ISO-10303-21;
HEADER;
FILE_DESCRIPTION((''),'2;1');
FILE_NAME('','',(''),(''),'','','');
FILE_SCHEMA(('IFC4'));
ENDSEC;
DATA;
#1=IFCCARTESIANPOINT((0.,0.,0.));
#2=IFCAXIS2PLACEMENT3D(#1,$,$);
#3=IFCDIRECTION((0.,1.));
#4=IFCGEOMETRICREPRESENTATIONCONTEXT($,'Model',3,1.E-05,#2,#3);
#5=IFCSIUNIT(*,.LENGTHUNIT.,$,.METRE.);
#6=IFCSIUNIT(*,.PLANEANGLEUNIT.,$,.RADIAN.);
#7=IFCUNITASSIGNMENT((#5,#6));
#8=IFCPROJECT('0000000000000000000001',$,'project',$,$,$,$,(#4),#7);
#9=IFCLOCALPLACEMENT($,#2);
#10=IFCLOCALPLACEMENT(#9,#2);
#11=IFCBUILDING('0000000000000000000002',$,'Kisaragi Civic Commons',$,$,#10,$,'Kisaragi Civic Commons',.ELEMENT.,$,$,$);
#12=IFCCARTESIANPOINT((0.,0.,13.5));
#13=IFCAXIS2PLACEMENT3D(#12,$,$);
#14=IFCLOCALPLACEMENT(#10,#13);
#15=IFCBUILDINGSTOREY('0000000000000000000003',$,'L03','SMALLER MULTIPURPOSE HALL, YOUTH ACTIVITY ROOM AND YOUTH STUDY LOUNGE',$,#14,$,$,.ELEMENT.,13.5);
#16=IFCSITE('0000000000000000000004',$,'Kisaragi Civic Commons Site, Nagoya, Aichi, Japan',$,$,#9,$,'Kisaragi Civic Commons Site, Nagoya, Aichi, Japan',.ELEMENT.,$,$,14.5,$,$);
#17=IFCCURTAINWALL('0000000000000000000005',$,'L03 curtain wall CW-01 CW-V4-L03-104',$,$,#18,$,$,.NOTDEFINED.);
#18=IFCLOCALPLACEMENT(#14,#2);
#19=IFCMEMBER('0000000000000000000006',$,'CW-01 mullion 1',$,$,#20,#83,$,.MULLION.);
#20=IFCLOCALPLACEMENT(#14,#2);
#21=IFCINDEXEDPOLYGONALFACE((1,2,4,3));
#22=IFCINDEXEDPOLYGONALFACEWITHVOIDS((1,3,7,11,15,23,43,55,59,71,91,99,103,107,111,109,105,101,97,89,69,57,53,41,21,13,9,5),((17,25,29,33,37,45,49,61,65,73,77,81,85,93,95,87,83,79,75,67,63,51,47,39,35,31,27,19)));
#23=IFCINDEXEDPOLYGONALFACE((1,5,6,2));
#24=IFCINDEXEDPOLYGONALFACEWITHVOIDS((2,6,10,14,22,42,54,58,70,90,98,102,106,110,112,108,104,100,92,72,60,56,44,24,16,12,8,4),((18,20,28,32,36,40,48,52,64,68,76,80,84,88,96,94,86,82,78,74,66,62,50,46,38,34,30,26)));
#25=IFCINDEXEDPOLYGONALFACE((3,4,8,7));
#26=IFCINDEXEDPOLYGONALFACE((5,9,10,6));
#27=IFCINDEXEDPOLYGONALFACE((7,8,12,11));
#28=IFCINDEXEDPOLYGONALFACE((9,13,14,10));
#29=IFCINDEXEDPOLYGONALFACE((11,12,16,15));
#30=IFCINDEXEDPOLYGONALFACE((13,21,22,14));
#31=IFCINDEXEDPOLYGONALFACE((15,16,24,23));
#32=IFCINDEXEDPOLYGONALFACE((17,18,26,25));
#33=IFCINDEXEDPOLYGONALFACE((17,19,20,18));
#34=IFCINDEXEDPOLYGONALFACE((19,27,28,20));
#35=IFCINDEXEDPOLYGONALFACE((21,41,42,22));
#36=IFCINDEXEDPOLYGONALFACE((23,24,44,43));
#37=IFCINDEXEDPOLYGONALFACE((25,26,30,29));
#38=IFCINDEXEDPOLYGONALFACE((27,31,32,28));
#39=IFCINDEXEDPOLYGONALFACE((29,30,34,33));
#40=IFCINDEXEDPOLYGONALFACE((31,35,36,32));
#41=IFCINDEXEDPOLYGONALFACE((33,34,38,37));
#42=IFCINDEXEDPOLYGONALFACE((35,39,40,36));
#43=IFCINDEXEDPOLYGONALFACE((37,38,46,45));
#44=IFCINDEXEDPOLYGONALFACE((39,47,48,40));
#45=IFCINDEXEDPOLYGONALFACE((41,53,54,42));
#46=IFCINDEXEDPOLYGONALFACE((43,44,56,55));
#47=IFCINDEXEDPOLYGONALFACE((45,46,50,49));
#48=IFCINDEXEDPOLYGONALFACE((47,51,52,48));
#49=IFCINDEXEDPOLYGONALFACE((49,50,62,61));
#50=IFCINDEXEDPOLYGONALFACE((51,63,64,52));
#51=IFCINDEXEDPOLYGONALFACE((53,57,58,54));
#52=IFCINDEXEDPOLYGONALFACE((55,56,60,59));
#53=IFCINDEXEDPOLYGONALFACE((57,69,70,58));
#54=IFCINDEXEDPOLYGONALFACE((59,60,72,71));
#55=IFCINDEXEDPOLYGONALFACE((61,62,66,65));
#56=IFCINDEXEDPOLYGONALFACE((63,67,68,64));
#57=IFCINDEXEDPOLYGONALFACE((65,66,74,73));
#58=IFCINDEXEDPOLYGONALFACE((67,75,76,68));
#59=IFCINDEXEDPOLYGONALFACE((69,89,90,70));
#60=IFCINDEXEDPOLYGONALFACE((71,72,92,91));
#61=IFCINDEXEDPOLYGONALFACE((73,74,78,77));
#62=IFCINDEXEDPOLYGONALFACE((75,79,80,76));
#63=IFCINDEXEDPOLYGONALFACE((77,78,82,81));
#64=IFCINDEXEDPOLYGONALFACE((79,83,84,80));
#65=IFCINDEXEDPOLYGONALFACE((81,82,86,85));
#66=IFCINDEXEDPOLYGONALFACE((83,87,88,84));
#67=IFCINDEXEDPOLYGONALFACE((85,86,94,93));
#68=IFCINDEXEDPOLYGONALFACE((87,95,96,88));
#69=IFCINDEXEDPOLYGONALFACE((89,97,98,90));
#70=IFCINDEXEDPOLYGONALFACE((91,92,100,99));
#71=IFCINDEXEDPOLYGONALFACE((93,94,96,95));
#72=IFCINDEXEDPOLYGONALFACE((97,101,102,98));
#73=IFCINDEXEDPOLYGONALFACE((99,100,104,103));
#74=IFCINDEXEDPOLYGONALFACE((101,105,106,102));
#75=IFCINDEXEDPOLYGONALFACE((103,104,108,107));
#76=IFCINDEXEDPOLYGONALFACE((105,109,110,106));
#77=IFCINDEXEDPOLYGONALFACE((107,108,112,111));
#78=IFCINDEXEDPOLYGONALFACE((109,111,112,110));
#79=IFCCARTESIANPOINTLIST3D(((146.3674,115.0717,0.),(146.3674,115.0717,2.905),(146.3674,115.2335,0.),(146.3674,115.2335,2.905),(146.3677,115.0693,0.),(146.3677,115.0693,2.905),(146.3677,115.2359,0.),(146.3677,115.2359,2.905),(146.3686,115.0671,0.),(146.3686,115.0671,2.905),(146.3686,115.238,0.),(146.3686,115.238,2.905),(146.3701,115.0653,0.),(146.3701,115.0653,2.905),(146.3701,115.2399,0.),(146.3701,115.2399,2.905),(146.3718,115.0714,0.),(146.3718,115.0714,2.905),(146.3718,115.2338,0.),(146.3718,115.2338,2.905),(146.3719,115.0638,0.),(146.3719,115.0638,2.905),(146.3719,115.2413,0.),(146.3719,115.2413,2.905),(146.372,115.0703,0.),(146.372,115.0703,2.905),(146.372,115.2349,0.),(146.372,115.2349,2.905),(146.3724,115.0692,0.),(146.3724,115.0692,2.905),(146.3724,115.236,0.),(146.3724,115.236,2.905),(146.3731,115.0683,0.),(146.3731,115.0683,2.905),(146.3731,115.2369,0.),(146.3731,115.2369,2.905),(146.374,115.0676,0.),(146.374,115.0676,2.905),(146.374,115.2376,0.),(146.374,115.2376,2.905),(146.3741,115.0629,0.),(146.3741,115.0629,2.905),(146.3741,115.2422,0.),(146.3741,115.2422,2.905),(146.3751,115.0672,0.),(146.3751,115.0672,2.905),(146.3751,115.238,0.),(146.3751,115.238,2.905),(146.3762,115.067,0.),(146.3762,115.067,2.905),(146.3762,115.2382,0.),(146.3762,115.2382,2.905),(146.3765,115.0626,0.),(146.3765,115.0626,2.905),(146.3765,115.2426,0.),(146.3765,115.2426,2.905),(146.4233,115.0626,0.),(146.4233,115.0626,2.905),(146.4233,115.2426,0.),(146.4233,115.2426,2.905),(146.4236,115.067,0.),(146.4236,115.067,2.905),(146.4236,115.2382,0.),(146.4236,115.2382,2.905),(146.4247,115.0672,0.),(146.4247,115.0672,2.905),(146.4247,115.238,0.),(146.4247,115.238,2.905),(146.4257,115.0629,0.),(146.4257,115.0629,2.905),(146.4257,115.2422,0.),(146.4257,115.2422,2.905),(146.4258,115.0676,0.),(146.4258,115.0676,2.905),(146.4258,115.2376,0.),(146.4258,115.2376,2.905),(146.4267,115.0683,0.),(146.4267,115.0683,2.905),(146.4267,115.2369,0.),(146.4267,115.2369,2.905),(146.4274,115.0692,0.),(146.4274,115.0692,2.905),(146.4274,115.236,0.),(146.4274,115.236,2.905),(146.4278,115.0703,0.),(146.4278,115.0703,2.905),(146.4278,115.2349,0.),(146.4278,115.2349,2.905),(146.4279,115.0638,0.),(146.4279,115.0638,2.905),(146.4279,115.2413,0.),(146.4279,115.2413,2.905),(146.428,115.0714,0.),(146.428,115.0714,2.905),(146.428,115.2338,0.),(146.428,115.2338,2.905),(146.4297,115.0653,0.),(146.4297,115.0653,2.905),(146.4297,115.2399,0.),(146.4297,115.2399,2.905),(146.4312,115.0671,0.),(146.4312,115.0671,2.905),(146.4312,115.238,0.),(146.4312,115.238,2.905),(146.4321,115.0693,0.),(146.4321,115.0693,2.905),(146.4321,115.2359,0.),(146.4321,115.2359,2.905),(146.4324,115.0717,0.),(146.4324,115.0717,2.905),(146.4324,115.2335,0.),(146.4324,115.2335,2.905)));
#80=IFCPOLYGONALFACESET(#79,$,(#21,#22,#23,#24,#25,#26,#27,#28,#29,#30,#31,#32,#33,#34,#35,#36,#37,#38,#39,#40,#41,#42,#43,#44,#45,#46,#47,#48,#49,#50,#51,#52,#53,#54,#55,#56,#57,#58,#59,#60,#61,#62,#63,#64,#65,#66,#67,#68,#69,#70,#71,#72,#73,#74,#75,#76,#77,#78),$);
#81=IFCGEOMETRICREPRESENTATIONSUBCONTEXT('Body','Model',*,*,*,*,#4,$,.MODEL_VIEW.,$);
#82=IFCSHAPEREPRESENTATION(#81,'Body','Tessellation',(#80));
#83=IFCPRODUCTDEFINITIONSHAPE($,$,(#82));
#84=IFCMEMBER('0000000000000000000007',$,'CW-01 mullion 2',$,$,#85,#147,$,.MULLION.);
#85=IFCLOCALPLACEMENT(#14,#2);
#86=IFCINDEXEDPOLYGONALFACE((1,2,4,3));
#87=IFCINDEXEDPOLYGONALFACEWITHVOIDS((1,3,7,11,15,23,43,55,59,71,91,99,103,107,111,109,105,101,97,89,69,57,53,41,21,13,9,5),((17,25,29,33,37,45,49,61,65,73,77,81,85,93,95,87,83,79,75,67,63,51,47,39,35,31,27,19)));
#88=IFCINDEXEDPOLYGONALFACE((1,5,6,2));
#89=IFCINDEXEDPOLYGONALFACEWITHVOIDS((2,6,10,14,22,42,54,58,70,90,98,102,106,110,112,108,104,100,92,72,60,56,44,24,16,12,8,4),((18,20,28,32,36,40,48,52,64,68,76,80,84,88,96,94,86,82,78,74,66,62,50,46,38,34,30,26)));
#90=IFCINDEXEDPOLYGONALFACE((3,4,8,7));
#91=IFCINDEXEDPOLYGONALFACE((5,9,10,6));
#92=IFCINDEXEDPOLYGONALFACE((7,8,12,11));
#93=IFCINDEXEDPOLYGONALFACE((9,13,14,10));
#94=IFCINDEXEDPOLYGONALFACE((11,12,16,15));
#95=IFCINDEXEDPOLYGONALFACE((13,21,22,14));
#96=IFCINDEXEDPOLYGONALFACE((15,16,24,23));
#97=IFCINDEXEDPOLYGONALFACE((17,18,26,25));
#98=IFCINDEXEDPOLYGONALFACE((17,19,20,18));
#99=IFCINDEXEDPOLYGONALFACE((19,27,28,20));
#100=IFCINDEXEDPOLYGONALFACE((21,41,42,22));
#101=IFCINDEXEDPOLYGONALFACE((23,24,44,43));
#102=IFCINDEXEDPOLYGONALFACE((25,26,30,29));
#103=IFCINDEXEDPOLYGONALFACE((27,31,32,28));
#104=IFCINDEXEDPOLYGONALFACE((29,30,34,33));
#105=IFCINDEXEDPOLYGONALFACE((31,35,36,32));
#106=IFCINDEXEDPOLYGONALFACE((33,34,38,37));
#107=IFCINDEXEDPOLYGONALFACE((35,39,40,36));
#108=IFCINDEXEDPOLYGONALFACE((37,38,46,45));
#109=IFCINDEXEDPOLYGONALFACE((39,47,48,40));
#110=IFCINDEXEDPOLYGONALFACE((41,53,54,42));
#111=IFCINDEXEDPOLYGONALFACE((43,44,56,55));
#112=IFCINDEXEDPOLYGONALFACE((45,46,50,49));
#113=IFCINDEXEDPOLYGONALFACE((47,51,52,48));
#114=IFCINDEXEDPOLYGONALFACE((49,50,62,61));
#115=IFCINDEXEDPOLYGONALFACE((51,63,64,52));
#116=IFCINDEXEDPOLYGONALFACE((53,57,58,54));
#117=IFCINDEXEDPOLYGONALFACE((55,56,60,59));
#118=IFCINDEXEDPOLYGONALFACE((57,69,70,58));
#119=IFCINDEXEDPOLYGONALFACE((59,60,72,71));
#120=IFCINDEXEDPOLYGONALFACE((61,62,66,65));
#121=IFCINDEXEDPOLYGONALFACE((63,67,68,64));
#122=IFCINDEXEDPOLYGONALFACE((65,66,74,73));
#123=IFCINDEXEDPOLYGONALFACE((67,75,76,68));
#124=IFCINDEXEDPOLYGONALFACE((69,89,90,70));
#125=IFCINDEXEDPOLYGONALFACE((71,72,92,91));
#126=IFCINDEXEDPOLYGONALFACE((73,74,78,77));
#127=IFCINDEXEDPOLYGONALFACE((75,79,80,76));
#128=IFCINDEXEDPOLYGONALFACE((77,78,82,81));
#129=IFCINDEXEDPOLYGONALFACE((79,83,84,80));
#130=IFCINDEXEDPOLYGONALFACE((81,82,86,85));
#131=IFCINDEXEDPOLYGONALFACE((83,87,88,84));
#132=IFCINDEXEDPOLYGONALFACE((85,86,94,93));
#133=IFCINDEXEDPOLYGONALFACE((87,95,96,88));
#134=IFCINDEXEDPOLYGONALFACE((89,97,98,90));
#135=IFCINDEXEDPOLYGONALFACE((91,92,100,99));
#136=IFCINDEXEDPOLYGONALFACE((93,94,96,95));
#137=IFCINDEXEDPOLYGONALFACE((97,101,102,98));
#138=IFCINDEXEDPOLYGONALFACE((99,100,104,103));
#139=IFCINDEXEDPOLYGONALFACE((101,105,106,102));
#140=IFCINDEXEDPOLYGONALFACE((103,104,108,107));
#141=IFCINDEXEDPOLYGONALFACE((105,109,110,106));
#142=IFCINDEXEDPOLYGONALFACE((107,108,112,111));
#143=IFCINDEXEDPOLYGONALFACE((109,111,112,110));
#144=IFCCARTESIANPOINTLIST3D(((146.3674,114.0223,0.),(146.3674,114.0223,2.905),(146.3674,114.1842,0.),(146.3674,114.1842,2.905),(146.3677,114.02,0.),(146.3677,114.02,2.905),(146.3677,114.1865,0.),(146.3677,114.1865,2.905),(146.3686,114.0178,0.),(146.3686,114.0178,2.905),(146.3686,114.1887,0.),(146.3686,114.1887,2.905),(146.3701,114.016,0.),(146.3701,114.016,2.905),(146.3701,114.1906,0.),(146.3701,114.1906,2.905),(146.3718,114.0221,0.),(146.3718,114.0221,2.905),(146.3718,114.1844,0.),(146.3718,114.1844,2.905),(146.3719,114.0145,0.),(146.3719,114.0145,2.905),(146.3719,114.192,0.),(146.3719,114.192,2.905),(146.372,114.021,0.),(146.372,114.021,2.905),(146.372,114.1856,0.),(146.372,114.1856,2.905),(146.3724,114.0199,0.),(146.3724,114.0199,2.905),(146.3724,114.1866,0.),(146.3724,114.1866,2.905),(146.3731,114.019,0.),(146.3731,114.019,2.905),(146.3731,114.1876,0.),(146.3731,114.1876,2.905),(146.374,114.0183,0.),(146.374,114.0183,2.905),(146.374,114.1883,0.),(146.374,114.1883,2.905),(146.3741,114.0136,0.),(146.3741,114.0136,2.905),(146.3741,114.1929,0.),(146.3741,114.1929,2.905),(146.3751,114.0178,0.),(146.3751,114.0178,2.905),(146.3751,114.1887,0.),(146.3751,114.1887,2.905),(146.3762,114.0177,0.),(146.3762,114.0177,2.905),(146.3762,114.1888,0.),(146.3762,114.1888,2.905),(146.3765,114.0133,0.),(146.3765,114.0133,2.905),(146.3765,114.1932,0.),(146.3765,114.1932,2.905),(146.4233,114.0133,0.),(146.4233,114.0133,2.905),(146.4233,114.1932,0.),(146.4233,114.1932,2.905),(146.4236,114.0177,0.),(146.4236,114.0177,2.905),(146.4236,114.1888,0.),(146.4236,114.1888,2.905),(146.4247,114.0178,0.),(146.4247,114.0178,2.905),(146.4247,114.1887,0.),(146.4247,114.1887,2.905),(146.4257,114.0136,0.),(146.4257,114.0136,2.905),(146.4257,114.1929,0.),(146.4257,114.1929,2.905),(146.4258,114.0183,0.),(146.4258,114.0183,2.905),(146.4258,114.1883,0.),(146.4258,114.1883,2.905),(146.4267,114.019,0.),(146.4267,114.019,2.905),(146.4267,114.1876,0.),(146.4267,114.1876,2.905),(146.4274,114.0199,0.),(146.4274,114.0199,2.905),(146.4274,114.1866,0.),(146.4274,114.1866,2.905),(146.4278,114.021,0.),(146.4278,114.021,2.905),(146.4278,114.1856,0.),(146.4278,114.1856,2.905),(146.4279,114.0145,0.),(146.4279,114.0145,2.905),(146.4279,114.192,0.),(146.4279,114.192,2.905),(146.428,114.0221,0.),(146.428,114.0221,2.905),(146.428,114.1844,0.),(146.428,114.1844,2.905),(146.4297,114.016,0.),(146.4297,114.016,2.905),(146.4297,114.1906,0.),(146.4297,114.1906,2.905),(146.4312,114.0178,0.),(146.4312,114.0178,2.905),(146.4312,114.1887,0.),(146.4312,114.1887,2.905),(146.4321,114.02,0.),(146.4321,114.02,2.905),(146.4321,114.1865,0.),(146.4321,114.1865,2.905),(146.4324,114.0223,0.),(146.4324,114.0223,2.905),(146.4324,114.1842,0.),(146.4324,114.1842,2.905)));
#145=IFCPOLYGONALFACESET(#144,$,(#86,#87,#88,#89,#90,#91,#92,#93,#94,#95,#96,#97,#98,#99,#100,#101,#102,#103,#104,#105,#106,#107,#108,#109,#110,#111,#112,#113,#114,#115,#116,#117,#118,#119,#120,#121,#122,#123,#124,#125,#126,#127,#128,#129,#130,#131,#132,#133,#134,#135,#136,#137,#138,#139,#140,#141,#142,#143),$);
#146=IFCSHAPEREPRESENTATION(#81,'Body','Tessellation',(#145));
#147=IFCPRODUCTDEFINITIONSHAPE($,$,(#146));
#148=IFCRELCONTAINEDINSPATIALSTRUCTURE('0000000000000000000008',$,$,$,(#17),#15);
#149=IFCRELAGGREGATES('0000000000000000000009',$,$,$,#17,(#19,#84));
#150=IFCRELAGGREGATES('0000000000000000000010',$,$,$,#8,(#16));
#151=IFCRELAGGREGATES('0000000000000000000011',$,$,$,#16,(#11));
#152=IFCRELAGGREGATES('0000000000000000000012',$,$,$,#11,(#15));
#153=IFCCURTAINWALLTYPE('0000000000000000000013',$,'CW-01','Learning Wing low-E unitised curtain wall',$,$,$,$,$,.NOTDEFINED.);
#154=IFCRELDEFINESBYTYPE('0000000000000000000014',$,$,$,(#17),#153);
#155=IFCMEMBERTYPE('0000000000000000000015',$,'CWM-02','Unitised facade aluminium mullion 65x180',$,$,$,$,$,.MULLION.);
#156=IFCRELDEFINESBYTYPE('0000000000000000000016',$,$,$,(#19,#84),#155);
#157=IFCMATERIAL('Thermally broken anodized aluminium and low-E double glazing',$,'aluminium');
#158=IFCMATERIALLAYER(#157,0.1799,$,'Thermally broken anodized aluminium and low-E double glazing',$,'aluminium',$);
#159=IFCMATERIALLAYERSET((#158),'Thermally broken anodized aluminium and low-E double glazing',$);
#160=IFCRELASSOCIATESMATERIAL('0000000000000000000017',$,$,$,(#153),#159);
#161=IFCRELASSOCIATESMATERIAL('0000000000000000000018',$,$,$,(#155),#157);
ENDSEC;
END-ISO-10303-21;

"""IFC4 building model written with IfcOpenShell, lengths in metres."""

from ifc_helpers import new_model, si_unit, direction, frame, origin, origin_2d, place, context, subcontext, project, spatial, hollow_rectangle, extrude, material, layer, layer_set, material_profile, profile_set, type_object, element, aggregate, save


model = new_model("IFC4")

# Units and contexts
model_context = context("Model", 3, precision=1e-05, world=origin(), true_north=direction((0.0, 1.0)))
body_context = subcontext(model_context, "Body", "Model", "MODEL_VIEW")
ifc_project = project(units=[si_unit("LENGTHUNIT", "METRE"), si_unit("PLANEANGLEUNIT", "RADIAN")], contexts=[model_context])

# Site, building, storey
site_placement = place(None, origin())
site = spatial("IfcSite", under=ifc_project, at=site_placement, Name="Kisaragi Civic Commons Site, Nagoya, Aichi, Japan", LongName="Kisaragi Civic Commons Site, Nagoya, Aichi, Japan", CompositionType="ELEMENT", RefElevation=14.5)
building_placement = place(site_placement, origin())
building = spatial("IfcBuilding", under=site, at=building_placement, Name="Kisaragi Civic Commons", LongName="Kisaragi Civic Commons", CompositionType="ELEMENT")
storey_placement = place(building_placement, frame((0.0, 0.0, 13.5)))
storey = spatial("IfcBuildingStorey", under=building, at=storey_placement, Name="L03", Description="SMALLER MULTIPURPOSE HALL, YOUTH ACTIVITY ROOM AND YOUTH STUDY LOUNGE", CompositionType="ELEMENT", Elevation=13.5)

# Curtain wall, members
ifc_material = material(Name="Thermally broken anodized aluminium and low-E double glazing", Category="aluminium")
ifc_layer_1 = layer(ifc_material, 0.1799, Name="Thermally broken anodized aluminium and low-E double glazing", Category="aluminium")
ifc_layer_set_1 = layer_set([ifc_layer_1], Name="Thermally broken anodized aluminium and low-E double glazing")
curtain_wall_type = type_object("IfcCurtainWallType", Name="CW-01", Description="Learning Wing low-E unitised curtain wall", PredefinedType="NOTDEFINED", material=ifc_layer_set_1)
ifc_material_profile_1 = material_profile(ifc_material, hollow_rectangle(XDim=0.0649, YDim=0.1799, WallThickness=0.0044, InnerFilletRadius=0.0044, OuterFilletRadius=0.009, at=origin_2d()), Name="CWM-65x180x4.5", Category="aluminium")
ifc_profile_set_1 = profile_set([ifc_material_profile_1], Name="Thermally broken anodized aluminium and low-E double glazing")
member_type_1 = type_object("IfcMemberType", Name="CWM-02", Description="Unitised facade aluminium mullion 65x180", PredefinedType="MULLION", material=ifc_profile_set_1)
curtain_wall_1_placement = place(storey_placement, origin())
curtain_wall_1 = element("IfcCurtainWall", 1, at=curtain_wall_1_placement, inside=storey, type_object=curtain_wall_type, Name="L03 curtain wall CW-01 CW-V4-L03-104", PredefinedType="NOTDEFINED")
member_1_placement = place(storey_placement, frame((146.3999, 115.1526, 0.0), z_axis=(0.0, 0.0, 1.0), x_axis=(1.0, 0.0, 0.0)))
member_1 = element("IfcMember", 2, at=member_1_placement, type_object=member_type_1, Name="CW-01 mullion 1", PredefinedType="MULLION", context=body_context, shape_type="SweptSolid", body=[
    extrude(hollow_rectangle(XDim=0.0649, YDim=0.1799, WallThickness=0.0044, InnerFilletRadius=0.0044, OuterFilletRadius=0.009, at=origin_2d()), origin(), (0.0, 0.0, 1.0), 2.905),
])
member_2_placement = place(storey_placement, frame((146.3999, 114.1033, 0.0), z_axis=(0.0, 0.0, 1.0), x_axis=(1.0, 0.0, 0.0)))
member_2 = element("IfcMember", 3, at=member_2_placement, type_object=member_type_1, Name="CW-01 mullion 2", PredefinedType="MULLION", context=body_context, shape_type="SweptSolid", body=[
    extrude(hollow_rectangle(XDim=0.0649, YDim=0.1799, WallThickness=0.0044, InnerFilletRadius=0.0044, OuterFilletRadius=0.009, at=origin_2d()), origin(), (0.0, 0.0, 1.0), 2.905),
])

aggregate(curtain_wall_1, [member_1, member_2])

save(model, "model.ifc")
